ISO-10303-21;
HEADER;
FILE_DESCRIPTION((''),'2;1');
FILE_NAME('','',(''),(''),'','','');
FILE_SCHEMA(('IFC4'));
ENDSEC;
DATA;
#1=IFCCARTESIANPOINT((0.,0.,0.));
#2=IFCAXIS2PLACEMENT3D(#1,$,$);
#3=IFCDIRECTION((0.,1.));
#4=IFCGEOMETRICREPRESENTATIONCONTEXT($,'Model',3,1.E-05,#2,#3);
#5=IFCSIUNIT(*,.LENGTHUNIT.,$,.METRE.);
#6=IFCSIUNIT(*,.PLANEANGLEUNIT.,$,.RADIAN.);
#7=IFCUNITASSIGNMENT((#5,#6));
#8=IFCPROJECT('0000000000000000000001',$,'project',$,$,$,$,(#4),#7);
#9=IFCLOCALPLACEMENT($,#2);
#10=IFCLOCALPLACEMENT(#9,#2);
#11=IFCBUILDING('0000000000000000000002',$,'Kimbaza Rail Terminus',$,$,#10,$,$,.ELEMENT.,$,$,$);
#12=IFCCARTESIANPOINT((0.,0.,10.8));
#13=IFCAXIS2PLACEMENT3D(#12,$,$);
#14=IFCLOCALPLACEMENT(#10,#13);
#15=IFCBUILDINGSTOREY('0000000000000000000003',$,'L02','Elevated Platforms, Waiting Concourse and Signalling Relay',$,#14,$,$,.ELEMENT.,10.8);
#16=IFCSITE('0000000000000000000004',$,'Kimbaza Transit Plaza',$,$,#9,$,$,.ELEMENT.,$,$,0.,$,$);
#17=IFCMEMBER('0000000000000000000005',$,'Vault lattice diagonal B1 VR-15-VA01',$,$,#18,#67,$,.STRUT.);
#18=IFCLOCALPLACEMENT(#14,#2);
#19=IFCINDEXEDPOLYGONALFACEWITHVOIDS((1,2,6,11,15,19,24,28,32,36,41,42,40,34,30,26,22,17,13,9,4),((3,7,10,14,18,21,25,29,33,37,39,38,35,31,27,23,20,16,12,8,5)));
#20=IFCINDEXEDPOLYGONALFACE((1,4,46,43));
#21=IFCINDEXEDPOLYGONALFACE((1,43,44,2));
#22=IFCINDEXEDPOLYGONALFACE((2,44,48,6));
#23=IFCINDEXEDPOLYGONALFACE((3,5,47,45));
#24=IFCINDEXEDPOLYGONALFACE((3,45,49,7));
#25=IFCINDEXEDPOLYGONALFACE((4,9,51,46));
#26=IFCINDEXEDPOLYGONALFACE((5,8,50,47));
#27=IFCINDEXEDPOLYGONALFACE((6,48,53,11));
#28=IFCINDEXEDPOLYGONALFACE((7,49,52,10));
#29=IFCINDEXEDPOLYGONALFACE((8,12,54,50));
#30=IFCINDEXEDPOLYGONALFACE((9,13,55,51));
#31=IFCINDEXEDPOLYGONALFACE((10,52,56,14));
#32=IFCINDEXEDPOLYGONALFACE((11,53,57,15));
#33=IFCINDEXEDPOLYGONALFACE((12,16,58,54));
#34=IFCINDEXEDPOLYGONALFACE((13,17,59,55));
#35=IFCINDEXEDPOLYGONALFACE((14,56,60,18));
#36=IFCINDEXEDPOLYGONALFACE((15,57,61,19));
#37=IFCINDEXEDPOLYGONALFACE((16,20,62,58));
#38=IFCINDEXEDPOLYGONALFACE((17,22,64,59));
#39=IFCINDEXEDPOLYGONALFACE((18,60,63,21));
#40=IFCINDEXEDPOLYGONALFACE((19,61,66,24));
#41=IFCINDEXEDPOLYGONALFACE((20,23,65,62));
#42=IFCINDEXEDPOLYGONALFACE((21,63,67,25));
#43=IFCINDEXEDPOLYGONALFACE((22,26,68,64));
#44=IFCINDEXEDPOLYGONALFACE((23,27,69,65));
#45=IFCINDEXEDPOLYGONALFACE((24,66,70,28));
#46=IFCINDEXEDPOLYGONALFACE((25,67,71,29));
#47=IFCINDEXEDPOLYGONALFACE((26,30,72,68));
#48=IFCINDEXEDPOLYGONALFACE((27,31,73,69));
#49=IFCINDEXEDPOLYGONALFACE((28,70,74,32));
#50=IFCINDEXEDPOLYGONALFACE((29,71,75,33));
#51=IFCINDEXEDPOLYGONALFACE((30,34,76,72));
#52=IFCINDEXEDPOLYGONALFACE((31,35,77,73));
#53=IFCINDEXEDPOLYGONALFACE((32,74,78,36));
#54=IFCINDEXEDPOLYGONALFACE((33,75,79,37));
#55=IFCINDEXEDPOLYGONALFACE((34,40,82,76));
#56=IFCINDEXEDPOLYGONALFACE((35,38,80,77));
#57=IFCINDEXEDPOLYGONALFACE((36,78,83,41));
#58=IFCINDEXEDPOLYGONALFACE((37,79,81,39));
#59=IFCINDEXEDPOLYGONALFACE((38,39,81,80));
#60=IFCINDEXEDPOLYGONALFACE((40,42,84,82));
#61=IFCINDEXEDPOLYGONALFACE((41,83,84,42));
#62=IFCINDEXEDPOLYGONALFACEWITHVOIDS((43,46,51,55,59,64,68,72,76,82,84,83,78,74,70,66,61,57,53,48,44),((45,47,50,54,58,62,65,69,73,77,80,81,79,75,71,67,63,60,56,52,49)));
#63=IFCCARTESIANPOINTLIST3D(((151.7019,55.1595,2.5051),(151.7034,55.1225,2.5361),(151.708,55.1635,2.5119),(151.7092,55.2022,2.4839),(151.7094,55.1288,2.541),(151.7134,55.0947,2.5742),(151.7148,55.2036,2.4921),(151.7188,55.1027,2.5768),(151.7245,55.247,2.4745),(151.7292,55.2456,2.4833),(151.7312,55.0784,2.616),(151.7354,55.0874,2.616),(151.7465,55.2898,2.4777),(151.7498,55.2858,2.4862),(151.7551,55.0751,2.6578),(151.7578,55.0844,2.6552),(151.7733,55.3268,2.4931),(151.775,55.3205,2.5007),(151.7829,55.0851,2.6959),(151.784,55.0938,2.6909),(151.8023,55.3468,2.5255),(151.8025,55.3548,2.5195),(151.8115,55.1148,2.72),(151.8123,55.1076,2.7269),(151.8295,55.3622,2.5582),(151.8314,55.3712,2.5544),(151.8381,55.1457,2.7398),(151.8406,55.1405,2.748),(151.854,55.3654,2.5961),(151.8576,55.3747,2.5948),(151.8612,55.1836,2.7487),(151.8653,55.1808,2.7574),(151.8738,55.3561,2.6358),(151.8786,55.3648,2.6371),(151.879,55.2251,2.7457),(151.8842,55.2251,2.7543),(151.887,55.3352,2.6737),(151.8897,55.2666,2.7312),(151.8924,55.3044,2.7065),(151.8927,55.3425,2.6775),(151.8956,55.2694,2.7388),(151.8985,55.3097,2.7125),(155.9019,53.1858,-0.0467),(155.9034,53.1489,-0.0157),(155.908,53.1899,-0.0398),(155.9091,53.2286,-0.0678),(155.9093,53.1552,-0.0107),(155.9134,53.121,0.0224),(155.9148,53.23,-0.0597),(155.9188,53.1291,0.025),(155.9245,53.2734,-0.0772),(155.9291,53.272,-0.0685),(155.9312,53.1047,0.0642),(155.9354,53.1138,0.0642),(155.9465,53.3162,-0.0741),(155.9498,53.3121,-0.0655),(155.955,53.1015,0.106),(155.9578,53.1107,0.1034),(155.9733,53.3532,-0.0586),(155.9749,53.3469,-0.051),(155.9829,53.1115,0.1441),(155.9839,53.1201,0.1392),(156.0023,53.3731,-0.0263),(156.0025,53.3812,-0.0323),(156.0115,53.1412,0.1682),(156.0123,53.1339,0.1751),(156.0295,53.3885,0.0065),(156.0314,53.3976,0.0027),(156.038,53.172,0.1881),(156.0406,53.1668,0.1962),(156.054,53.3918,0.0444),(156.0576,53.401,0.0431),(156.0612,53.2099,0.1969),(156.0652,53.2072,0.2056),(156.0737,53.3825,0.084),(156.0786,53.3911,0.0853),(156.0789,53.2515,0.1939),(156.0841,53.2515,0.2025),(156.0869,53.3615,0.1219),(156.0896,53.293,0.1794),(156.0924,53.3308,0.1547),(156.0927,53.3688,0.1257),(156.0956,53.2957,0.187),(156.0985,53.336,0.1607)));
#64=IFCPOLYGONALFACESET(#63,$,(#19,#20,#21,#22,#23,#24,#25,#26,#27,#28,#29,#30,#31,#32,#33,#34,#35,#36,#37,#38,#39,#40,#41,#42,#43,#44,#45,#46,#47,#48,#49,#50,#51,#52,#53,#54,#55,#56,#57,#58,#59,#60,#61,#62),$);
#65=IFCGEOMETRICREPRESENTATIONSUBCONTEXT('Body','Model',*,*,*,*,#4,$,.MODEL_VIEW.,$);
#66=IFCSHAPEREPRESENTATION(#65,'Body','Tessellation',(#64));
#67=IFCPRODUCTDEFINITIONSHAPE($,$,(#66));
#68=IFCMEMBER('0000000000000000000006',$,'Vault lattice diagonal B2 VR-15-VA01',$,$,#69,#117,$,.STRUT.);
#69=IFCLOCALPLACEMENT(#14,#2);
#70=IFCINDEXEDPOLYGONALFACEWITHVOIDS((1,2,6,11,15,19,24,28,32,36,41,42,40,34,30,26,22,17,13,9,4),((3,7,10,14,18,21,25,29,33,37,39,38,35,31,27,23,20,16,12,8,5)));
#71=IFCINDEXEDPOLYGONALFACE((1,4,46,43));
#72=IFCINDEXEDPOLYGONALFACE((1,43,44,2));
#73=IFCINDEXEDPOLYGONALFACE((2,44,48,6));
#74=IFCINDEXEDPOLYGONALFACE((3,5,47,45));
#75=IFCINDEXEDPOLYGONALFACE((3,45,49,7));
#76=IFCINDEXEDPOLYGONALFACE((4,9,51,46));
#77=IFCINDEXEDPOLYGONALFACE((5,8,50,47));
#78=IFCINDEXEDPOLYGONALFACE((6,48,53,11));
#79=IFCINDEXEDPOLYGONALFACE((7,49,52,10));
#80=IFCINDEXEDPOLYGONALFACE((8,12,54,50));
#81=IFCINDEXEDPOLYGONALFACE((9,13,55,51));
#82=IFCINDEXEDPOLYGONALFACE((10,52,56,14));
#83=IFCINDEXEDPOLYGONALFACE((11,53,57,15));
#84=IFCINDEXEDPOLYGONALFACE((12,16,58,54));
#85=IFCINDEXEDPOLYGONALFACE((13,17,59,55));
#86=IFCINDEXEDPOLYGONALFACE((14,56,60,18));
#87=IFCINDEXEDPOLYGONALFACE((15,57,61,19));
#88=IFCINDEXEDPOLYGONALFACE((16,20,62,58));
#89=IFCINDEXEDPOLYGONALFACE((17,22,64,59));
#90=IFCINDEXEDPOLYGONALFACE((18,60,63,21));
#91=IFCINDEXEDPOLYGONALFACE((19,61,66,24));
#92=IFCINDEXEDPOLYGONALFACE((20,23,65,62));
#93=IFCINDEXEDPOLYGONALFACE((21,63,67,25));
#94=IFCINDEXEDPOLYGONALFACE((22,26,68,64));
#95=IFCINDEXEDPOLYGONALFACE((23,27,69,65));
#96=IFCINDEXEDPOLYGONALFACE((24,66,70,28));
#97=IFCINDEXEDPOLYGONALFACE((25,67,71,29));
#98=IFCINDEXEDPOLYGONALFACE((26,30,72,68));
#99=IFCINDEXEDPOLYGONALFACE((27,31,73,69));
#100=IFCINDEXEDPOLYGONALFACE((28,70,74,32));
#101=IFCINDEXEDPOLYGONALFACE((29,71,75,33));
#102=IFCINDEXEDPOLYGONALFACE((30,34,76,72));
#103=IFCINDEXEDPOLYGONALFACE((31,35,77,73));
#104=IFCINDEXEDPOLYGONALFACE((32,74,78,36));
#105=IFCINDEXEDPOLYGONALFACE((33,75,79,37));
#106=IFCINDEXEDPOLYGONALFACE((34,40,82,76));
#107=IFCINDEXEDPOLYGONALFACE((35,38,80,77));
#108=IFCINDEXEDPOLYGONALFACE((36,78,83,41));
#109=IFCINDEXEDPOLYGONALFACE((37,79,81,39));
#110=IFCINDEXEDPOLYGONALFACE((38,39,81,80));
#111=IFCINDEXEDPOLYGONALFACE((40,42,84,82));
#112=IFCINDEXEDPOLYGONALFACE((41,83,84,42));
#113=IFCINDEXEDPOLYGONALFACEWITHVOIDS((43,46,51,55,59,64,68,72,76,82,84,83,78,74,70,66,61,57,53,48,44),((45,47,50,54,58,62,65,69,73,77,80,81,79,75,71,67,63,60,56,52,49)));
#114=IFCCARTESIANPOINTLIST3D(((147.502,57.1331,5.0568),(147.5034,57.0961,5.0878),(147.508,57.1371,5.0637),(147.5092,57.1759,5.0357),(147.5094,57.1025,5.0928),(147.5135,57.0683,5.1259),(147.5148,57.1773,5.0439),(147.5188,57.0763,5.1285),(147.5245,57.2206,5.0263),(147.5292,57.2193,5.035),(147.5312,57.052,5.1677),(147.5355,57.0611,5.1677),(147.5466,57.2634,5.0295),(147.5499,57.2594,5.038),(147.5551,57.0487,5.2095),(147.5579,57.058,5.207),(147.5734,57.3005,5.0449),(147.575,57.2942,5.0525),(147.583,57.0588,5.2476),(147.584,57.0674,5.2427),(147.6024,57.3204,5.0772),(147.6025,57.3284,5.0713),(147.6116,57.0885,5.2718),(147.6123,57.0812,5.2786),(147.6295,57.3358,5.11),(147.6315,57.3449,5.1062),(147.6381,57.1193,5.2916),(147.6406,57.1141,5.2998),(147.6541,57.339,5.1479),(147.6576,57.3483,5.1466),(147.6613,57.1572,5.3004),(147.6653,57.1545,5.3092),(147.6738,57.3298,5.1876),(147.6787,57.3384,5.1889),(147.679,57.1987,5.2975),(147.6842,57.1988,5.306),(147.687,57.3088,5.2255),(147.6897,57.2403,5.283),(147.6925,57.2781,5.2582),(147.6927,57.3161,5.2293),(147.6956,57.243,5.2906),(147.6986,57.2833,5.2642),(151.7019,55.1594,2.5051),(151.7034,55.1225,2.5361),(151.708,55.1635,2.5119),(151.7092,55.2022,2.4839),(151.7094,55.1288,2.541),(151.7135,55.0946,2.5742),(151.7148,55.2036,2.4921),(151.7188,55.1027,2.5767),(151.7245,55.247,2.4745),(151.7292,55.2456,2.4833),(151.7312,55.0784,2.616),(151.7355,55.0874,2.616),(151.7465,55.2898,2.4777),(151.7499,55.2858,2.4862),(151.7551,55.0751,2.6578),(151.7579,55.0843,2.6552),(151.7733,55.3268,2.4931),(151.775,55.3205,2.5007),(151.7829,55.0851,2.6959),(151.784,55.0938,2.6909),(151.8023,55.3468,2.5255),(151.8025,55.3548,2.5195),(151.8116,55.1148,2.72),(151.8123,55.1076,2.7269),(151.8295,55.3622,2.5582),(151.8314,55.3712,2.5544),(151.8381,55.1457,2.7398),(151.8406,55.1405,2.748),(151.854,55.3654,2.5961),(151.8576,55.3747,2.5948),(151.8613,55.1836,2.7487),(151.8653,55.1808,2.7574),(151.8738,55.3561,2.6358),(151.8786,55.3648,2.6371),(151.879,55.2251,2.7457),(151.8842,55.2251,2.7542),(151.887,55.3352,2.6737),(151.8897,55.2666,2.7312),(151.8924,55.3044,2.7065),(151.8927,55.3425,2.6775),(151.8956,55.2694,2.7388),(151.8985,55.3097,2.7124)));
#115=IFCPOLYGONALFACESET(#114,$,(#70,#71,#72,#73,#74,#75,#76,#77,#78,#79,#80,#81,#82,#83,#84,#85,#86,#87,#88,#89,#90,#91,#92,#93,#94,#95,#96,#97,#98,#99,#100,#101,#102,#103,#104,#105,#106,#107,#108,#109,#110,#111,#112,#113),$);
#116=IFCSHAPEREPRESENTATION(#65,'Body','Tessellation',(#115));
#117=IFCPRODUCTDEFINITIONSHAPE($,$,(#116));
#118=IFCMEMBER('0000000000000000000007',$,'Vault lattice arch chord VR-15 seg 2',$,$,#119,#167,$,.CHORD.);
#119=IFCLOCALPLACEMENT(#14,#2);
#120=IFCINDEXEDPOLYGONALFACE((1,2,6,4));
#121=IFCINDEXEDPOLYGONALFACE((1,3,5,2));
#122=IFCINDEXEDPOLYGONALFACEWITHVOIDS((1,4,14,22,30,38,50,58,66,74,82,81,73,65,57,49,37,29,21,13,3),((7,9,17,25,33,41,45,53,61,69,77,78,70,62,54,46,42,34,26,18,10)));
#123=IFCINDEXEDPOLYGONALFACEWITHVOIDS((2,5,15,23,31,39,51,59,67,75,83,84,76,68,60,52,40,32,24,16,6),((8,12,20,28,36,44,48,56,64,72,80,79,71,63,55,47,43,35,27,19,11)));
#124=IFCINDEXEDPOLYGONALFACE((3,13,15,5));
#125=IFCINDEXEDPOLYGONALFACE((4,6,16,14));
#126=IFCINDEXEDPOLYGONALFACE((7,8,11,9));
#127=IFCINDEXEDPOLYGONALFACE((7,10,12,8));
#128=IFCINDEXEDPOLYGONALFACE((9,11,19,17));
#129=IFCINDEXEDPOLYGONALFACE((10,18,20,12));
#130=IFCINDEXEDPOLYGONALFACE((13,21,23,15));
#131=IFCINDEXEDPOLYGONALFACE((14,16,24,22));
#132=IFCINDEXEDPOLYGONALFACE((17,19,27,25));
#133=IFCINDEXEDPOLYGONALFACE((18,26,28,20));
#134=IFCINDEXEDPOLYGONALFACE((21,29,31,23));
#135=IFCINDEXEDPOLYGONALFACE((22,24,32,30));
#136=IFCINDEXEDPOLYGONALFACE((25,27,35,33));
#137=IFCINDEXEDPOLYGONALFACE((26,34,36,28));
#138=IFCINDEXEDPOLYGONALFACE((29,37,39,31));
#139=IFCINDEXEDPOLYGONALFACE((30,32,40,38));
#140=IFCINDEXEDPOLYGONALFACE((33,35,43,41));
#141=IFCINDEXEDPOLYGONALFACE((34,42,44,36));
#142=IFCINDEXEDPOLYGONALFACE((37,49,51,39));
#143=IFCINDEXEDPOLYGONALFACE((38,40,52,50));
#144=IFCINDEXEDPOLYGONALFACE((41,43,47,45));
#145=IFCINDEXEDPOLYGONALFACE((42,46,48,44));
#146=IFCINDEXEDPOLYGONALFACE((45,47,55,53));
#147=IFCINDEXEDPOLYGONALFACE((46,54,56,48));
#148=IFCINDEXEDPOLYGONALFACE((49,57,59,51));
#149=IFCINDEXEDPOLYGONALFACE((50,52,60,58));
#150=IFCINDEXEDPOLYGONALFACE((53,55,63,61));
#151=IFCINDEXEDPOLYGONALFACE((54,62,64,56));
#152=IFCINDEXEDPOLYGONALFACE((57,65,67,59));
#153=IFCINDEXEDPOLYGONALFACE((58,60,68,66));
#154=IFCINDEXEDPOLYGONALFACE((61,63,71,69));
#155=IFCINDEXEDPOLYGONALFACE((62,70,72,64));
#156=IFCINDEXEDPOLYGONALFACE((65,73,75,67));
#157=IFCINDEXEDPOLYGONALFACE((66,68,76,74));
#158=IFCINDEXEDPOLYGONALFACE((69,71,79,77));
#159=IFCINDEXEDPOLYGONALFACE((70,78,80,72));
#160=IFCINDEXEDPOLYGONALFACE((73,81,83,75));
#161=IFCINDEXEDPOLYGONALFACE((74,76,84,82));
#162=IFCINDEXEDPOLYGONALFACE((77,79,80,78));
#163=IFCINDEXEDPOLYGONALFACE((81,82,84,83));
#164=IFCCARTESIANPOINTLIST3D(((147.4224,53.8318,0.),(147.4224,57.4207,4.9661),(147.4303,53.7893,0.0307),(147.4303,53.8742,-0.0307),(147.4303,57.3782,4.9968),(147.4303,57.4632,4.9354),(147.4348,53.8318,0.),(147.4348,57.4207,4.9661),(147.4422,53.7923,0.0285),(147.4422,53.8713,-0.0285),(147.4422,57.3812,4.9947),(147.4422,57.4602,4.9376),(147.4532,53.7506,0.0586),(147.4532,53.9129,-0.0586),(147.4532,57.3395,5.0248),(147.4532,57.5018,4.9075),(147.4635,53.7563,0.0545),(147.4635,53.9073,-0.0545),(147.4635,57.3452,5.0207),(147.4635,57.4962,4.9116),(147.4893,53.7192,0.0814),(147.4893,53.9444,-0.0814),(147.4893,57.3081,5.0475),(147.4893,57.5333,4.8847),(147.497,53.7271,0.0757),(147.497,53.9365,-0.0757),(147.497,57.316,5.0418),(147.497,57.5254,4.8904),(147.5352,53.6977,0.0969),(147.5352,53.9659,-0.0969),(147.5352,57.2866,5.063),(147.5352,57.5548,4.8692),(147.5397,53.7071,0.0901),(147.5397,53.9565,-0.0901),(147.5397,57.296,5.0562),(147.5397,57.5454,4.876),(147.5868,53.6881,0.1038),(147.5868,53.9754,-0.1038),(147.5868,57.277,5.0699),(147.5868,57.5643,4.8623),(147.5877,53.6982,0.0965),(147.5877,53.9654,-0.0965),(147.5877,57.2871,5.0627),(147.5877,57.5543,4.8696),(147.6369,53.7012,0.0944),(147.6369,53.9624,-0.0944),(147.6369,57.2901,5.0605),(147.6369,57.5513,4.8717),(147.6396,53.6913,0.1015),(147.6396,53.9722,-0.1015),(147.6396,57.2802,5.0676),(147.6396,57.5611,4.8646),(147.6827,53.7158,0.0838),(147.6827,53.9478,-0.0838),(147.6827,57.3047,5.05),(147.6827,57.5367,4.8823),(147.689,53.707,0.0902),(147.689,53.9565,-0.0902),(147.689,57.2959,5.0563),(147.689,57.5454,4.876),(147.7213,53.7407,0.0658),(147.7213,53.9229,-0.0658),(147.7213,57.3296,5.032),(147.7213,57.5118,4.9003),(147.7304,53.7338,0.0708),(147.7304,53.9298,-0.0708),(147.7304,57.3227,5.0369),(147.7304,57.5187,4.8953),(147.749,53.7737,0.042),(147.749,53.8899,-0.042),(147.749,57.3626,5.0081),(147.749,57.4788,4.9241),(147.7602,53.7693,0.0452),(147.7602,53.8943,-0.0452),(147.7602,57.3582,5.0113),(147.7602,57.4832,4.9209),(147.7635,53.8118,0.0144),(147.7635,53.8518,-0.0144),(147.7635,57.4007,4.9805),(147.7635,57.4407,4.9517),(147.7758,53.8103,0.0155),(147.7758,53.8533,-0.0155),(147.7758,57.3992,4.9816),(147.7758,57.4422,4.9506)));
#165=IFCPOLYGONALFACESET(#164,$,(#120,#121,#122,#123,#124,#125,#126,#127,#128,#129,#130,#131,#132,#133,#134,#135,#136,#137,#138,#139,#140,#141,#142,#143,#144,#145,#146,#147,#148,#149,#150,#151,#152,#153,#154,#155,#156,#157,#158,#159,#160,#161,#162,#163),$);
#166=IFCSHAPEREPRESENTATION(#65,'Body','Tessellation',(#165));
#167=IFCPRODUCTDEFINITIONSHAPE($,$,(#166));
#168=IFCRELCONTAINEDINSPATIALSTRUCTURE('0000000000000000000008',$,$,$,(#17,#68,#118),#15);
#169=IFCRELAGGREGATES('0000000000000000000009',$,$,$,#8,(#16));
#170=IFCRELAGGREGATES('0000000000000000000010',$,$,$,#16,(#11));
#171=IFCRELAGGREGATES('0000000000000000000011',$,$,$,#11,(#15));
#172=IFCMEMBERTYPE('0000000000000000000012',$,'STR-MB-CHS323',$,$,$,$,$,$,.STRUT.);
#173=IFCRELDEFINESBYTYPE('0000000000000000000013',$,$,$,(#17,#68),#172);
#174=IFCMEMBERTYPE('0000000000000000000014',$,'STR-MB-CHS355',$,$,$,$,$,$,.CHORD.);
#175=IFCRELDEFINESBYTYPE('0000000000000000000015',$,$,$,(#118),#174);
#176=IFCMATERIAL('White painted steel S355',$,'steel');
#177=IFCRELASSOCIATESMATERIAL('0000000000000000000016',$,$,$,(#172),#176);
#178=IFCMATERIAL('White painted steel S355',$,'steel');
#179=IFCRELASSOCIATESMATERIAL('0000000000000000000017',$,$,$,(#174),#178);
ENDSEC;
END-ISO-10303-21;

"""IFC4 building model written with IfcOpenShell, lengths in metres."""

from ifc_helpers import new_model, si_unit, direction, frame, origin, origin_2d, place, context, subcontext, project, spatial, hollow_circle, extrude, material, material_profile, profile_set, type_object, element, save


model = new_model("IFC4")

# Units and contexts
model_context = context("Model", 3, precision=1e-05, world=origin(), true_north=direction((0.0, 1.0)))
body_context = subcontext(model_context, "Body", "Model", "MODEL_VIEW")
ifc_project = project(units=[si_unit("LENGTHUNIT", "METRE"), si_unit("PLANEANGLEUNIT", "RADIAN")], contexts=[model_context])

# Site, building, storey
site_placement = place(None, origin())
site = spatial("IfcSite", under=ifc_project, at=site_placement, Name="Kimbaza Transit Plaza", CompositionType="ELEMENT", RefElevation=0.0)
building_placement = place(site_placement, origin())
building = spatial("IfcBuilding", under=site, at=building_placement, Name="Kimbaza Rail Terminus", CompositionType="ELEMENT")
storey_placement = place(building_placement, frame((0.0, 0.0, 10.8)))
storey = spatial("IfcBuildingStorey", under=building, at=storey_placement, Name="L02", Description="Elevated Platforms, Waiting Concourse and Signalling Relay", CompositionType="ELEMENT", Elevation=10.8)

# Members
ifc_material_1 = material(Name="White painted steel S355", Category="steel")
ifc_material_profile_1 = material_profile(ifc_material_1, hollow_circle(Radius=0.1619, WallThickness=0.01, at=origin_2d()), Name="CHS 323.9x10")
ifc_profile_set_1 = profile_set([ifc_material_profile_1], Name="White painted steel S355")
member_type_1 = type_object("IfcMemberType", Name="STR-MB-CHS323", PredefinedType="STRUT", material=ifc_profile_set_1)
for number, where, z_axis, x_axis, name in (
    (1, (156.0, 53.2512, 0.0642), (-0.793061, 0.372674, 0.481839), (-0.4253, -0.905052, 0.0), "Vault lattice diagonal B1 VR-15-VA01"),
    (2, (151.8, 55.2249, 2.616), (-0.793061, 0.372674, 0.481839), (-0.4253, -0.905052, 0.0), "Vault lattice diagonal B2 VR-15-VA01"),
):
    element("IfcMember", number, at=place(storey_placement, frame(where, z_axis=z_axis, x_axis=x_axis)), inside=storey, type_object=member_type_1, Name=name, PredefinedType="STRUT", context=body_context, shape_type="SweptSolid", body=[
        extrude(hollow_circle(Radius=0.1619, WallThickness=0.01, at=origin_2d()), origin(), (0.0, 0.0, 1.0), 5.2959),
    ])
ifc_material_2 = material(Name="White painted steel S355", Category="steel")
ifc_material_profile_2 = material_profile(ifc_material_2, hollow_circle(Radius=0.1777, WallThickness=0.0125, at=origin_2d()), Name="CHS 355.6x12.5")
ifc_profile_set_2 = profile_set([ifc_material_profile_2], Name="White painted steel S355")
member_type_2 = type_object("IfcMemberType", Name="STR-MB-CHS355", PredefinedType="CHORD", material=ifc_profile_set_2)
member_1_placement = place(storey_placement, frame((147.6001, 53.8318, 0.0), z_axis=(0.0, 0.585733, 0.810504), x_axis=(-1.0, 0.0, 0.0)))
element("IfcMember", 3, at=member_1_placement, inside=storey, type_object=member_type_2, Name="Vault lattice arch chord VR-15 seg 2", PredefinedType="CHORD", context=body_context, shape_type="SweptSolid", body=[
    extrude(hollow_circle(Radius=0.1777, WallThickness=0.0125, at=origin_2d()), origin(), (0.0, 0.0, 1.0), 6.1272),
])

save(model, "model.ifc")
